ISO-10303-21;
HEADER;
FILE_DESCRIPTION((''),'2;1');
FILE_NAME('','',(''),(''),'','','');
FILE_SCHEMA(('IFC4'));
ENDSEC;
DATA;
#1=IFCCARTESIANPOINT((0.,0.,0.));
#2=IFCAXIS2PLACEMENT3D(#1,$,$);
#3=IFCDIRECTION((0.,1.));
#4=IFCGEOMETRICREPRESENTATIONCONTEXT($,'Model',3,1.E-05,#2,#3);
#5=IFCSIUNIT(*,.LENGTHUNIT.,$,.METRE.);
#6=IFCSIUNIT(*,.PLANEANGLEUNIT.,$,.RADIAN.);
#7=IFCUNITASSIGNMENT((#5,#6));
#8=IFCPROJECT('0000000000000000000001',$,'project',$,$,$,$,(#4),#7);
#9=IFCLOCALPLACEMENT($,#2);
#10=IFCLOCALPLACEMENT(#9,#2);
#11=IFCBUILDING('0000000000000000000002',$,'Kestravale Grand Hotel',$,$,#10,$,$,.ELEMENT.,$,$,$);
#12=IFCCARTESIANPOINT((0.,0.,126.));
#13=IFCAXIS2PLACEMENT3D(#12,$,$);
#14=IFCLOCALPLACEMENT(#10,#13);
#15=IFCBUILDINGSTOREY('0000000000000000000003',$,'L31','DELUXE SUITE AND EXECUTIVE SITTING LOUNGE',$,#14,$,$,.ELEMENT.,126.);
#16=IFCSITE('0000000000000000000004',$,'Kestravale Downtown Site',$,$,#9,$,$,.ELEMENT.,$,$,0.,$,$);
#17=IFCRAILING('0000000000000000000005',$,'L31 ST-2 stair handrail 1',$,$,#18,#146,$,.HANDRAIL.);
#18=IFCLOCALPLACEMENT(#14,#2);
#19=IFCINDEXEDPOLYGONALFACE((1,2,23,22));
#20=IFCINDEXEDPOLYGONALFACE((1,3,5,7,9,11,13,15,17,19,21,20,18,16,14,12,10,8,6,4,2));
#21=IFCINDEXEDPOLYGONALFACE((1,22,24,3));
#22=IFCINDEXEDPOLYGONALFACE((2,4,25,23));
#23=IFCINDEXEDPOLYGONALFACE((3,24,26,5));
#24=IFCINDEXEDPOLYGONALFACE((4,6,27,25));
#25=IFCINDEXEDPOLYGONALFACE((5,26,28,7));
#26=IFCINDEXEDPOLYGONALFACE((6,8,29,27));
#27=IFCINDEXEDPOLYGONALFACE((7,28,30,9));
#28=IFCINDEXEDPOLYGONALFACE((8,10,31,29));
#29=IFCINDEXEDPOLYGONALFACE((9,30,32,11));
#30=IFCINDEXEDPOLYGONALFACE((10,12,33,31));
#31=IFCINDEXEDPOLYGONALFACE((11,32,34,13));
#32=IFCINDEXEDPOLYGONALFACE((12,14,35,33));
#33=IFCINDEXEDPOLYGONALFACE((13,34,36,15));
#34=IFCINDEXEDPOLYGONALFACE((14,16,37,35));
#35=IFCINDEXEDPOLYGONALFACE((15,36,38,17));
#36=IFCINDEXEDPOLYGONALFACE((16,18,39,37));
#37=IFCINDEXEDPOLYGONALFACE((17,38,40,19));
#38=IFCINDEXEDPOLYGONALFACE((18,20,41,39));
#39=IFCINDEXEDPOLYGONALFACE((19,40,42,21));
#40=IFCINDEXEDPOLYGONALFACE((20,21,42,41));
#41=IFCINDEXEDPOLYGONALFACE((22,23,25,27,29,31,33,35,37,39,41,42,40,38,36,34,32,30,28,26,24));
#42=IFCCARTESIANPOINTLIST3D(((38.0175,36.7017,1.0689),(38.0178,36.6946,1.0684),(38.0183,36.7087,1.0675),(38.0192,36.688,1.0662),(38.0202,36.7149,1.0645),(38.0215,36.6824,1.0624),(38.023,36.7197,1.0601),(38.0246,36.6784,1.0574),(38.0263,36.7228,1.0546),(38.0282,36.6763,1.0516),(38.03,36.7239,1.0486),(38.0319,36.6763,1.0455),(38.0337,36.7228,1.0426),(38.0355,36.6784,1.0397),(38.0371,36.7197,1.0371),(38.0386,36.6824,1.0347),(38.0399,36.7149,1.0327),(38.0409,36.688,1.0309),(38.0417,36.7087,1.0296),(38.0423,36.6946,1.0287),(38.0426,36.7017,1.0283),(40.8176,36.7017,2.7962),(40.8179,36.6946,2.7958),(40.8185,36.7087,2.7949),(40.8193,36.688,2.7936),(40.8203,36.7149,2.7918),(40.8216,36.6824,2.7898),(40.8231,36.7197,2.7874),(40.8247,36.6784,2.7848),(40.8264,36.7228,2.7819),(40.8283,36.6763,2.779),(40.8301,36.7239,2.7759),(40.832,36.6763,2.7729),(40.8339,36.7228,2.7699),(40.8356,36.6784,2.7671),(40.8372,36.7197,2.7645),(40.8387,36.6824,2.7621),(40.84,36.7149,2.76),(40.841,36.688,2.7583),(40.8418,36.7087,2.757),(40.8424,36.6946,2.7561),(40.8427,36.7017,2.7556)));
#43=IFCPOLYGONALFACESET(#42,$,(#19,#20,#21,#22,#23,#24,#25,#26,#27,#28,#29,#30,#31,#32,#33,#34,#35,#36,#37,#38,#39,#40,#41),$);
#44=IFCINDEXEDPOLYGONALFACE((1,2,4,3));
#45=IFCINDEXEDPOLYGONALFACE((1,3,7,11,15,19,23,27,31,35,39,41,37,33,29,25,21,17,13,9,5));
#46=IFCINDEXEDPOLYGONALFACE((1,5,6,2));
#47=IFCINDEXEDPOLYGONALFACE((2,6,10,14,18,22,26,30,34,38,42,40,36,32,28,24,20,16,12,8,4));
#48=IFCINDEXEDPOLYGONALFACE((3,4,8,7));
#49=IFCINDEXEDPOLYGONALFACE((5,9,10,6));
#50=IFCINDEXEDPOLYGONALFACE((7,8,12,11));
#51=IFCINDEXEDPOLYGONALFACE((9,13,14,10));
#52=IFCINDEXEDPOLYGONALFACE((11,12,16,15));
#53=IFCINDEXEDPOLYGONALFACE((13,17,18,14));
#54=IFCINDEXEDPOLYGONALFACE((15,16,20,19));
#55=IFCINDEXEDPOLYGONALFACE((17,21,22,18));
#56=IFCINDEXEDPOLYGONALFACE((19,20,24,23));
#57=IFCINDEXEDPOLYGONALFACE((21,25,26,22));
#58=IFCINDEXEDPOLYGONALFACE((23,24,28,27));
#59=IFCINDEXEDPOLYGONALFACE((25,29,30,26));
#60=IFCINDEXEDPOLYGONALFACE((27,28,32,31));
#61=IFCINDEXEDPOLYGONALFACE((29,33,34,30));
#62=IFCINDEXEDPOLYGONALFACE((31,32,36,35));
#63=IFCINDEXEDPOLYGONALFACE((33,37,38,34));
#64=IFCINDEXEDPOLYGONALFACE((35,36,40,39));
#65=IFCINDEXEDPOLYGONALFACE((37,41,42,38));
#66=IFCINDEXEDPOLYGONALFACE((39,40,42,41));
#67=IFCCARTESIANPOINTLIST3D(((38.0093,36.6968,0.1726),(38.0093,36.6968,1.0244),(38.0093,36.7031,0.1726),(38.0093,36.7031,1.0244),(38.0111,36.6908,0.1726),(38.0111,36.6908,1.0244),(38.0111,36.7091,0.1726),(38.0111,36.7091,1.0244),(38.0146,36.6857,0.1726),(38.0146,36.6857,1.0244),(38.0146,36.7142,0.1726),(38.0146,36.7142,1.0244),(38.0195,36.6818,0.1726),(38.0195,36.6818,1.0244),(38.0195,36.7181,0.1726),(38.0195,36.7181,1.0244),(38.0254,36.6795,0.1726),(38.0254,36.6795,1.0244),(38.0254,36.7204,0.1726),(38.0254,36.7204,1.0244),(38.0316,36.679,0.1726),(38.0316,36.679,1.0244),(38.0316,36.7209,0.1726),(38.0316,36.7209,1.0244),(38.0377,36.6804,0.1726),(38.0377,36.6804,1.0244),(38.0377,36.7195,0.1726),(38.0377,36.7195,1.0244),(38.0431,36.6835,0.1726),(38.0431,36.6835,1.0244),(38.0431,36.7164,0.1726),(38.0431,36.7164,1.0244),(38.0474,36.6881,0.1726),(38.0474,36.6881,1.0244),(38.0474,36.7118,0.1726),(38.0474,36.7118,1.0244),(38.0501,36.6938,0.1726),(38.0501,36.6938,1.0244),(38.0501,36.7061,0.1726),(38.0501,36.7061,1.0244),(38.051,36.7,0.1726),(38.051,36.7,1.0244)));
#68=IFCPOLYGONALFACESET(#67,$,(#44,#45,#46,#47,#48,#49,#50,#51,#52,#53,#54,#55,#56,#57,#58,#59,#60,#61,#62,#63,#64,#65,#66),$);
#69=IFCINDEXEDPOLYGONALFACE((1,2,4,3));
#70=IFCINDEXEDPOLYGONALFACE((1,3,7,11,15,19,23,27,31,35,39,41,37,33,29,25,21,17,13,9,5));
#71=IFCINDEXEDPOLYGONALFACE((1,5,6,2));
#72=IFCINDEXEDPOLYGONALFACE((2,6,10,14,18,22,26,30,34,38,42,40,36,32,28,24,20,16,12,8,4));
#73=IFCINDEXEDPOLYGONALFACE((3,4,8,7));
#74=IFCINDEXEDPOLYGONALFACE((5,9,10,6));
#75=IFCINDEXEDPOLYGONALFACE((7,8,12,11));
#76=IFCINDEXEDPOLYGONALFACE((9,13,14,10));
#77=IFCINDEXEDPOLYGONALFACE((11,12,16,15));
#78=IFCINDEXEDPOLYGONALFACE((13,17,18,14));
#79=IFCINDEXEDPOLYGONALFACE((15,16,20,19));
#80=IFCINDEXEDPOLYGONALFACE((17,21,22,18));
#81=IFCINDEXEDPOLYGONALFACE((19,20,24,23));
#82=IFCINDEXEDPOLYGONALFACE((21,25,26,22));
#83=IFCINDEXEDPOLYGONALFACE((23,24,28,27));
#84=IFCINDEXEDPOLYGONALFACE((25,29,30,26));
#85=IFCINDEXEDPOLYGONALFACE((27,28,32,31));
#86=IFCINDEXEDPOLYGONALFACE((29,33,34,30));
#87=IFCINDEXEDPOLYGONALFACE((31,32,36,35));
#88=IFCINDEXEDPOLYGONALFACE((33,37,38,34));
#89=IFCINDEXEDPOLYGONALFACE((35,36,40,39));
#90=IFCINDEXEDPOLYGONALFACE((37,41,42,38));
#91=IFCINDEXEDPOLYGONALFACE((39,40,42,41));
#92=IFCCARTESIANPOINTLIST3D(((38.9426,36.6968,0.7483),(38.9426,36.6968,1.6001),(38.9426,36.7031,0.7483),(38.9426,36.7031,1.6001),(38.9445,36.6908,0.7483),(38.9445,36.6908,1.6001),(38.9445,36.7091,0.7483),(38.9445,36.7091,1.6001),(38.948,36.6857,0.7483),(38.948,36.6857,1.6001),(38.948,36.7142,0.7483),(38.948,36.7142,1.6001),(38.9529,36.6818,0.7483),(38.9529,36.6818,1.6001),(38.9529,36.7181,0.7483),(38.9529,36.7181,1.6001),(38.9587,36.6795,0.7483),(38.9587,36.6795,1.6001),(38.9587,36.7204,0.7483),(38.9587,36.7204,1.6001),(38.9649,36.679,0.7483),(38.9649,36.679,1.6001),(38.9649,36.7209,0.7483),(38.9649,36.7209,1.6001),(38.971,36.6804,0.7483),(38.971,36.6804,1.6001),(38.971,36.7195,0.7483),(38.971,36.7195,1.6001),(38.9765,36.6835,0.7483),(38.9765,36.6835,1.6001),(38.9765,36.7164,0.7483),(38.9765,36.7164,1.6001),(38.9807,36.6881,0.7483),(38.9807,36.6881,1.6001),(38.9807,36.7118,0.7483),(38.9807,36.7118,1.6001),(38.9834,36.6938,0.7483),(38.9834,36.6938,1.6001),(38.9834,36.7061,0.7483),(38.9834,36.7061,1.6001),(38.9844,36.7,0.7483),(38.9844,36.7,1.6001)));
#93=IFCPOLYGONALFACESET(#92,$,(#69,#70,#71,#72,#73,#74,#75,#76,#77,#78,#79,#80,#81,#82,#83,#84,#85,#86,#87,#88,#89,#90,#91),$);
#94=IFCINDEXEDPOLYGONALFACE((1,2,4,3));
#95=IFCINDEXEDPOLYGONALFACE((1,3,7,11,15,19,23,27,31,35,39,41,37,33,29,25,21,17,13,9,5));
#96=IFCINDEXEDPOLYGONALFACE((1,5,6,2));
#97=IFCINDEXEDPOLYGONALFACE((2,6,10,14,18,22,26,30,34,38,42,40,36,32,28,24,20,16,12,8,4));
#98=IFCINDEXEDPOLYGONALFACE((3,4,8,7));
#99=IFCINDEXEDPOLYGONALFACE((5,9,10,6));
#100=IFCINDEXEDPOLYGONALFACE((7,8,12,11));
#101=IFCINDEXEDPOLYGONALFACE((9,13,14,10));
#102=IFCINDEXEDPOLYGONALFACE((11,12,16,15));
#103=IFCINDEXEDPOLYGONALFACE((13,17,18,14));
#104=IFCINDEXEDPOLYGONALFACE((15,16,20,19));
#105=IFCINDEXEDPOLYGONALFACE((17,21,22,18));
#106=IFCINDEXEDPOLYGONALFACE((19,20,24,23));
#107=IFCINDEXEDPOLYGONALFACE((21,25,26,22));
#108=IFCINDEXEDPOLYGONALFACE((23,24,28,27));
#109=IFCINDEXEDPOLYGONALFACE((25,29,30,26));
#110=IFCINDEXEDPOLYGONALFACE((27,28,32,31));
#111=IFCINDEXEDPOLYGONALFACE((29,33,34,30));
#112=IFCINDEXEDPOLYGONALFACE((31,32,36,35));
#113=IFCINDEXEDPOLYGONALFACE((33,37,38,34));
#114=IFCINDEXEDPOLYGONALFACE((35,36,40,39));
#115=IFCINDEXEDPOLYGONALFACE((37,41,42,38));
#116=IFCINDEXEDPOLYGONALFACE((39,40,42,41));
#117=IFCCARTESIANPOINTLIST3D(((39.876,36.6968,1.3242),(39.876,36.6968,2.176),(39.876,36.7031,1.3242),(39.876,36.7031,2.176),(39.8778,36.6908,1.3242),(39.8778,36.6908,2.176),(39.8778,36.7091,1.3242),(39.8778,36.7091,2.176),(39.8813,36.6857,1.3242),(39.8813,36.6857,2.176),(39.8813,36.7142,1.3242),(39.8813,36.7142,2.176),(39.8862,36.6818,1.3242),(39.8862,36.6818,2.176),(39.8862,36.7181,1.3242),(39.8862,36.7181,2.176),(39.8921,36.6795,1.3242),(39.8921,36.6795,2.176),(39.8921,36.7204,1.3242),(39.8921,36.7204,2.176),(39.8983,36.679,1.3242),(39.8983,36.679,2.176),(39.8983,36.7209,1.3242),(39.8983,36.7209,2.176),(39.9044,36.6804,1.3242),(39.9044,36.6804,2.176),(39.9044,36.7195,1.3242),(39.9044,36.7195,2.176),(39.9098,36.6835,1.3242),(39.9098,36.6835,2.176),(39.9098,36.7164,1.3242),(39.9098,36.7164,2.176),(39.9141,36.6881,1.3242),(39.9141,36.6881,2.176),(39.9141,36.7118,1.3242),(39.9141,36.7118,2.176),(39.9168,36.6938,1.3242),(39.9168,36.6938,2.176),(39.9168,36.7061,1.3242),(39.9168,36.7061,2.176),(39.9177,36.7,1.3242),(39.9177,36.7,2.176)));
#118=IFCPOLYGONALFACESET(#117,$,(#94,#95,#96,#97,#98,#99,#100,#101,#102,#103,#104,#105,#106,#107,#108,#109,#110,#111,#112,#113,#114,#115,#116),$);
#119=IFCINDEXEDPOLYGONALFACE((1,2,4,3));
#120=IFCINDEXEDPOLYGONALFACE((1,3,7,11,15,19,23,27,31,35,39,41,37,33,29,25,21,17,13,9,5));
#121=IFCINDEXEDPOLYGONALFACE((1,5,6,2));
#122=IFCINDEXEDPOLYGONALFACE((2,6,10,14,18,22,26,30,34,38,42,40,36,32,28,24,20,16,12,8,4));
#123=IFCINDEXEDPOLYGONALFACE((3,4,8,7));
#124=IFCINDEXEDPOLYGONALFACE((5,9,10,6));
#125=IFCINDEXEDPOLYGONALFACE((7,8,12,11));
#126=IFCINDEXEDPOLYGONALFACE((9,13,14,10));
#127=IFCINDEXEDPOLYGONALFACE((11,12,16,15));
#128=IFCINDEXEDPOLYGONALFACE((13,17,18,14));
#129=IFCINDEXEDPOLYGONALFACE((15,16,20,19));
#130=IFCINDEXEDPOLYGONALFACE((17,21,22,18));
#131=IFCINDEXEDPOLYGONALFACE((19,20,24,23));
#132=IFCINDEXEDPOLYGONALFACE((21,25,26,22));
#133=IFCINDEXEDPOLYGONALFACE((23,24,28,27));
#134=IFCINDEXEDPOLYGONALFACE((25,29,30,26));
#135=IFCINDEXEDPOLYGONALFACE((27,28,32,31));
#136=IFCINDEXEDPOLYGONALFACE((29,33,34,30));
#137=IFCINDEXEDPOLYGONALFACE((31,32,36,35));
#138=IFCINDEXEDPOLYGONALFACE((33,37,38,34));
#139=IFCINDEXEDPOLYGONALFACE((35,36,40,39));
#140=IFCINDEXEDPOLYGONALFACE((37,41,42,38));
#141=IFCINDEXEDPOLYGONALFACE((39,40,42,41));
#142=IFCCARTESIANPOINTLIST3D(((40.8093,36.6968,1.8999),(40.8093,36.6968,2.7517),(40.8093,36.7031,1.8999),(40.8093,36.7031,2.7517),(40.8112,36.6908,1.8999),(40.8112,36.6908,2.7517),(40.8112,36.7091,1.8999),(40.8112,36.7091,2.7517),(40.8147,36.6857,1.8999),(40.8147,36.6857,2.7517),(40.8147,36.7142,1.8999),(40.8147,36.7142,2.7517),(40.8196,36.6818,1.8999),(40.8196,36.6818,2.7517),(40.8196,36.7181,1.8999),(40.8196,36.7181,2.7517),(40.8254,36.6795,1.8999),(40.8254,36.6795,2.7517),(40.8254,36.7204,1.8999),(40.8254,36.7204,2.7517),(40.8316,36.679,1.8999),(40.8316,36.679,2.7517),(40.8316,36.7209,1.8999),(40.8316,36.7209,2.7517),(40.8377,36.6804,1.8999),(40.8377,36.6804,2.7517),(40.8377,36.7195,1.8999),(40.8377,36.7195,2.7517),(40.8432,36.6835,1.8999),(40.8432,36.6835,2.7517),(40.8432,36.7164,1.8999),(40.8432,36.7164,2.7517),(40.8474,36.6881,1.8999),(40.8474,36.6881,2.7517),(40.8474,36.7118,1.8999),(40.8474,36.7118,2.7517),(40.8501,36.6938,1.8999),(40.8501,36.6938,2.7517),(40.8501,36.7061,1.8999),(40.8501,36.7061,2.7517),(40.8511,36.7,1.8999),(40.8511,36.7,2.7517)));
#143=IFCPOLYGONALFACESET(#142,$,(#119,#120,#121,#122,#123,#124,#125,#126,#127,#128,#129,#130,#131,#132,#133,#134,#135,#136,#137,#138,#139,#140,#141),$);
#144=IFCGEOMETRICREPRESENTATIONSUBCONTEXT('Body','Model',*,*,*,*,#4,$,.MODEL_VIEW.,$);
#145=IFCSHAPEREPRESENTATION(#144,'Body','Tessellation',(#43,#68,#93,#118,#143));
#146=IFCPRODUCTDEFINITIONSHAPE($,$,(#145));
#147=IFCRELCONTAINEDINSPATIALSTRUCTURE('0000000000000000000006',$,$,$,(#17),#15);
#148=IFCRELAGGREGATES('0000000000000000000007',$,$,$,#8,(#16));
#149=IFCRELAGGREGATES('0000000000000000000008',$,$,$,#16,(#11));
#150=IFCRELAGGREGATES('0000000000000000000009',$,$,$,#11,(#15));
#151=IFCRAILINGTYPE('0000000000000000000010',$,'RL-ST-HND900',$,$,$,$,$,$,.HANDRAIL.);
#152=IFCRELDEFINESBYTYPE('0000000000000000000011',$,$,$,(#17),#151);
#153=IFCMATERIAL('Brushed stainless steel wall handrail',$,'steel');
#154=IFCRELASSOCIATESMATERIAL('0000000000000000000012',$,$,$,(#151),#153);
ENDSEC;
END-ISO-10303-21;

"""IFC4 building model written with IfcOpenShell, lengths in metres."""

from ifc_helpers import new_model, si_unit, direction, frame, origin, origin_2d, place, context, subcontext, project, spatial, circle, extrude, material, type_object, element, save


model = new_model("IFC4")

# Units and contexts
model_context = context("Model", 3, precision=1e-05, world=origin(), true_north=direction((0.0, 1.0)))
body_context = subcontext(model_context, "Body", "Model", "MODEL_VIEW")
ifc_project = project(units=[si_unit("LENGTHUNIT", "METRE"), si_unit("PLANEANGLEUNIT", "RADIAN")], contexts=[model_context])

# Site, building, storey
site_placement = place(None, origin())
site = spatial("IfcSite", under=ifc_project, at=site_placement, Name="Kestravale Downtown Site", CompositionType="ELEMENT", RefElevation=0.0)
building_placement = place(site_placement, origin())
building = spatial("IfcBuilding", under=site, at=building_placement, Name="Kestravale Grand Hotel", CompositionType="ELEMENT")
storey_placement = place(building_placement, frame((0.0, 0.0, 126.0)))
storey = spatial("IfcBuildingStorey", under=building, at=storey_placement, Name="L31", Description="DELUXE SUITE AND EXECUTIVE SITTING LOUNGE", CompositionType="ELEMENT", Elevation=126.0)

# Railing
ifc_material_1 = material(Name="Brushed stainless steel wall handrail", Category="steel")
railing_type_1 = type_object("IfcRailingType", Name="RL-ST-HND900", PredefinedType="HANDRAIL", material=ifc_material_1)
railing_1_placement = place(storey_placement, frame((38.03, 36.7, 0.1726)))
element("IfcRailing", 1, at=railing_1_placement, inside=storey, type_object=railing_type_1, Name="L31 ST-2 stair handrail 1", PredefinedType="HANDRAIL", context=body_context, shape_type="SweptSolid", body=[
    extrude(circle(Radius=0.0239, at=origin_2d()), frame((0.0, 0.0, 0.876), z_axis=(0.85109, 0.0, 0.52502), x_axis=(0.0, 1.0, 0.0)), (0.0, 0.0, 1.0), 3.29),
    extrude(circle(Radius=0.021, at=origin_2d()), origin(), (0.0, 0.0, 1.0), 0.8518),
    extrude(circle(Radius=0.021, at=origin_2d()), frame((0.9333, 0.0, 0.5757)), (0.0, 0.0, 1.0), 0.8518),
    extrude(circle(Radius=0.021, at=origin_2d()), frame((1.8667, 0.0, 1.1516)), (0.0, 0.0, 1.0), 0.8518),
    extrude(circle(Radius=0.021, at=origin_2d()), frame((2.8, 0.0, 1.7273)), (0.0, 0.0, 1.0), 0.8518),
])

save(model, "model.ifc")
